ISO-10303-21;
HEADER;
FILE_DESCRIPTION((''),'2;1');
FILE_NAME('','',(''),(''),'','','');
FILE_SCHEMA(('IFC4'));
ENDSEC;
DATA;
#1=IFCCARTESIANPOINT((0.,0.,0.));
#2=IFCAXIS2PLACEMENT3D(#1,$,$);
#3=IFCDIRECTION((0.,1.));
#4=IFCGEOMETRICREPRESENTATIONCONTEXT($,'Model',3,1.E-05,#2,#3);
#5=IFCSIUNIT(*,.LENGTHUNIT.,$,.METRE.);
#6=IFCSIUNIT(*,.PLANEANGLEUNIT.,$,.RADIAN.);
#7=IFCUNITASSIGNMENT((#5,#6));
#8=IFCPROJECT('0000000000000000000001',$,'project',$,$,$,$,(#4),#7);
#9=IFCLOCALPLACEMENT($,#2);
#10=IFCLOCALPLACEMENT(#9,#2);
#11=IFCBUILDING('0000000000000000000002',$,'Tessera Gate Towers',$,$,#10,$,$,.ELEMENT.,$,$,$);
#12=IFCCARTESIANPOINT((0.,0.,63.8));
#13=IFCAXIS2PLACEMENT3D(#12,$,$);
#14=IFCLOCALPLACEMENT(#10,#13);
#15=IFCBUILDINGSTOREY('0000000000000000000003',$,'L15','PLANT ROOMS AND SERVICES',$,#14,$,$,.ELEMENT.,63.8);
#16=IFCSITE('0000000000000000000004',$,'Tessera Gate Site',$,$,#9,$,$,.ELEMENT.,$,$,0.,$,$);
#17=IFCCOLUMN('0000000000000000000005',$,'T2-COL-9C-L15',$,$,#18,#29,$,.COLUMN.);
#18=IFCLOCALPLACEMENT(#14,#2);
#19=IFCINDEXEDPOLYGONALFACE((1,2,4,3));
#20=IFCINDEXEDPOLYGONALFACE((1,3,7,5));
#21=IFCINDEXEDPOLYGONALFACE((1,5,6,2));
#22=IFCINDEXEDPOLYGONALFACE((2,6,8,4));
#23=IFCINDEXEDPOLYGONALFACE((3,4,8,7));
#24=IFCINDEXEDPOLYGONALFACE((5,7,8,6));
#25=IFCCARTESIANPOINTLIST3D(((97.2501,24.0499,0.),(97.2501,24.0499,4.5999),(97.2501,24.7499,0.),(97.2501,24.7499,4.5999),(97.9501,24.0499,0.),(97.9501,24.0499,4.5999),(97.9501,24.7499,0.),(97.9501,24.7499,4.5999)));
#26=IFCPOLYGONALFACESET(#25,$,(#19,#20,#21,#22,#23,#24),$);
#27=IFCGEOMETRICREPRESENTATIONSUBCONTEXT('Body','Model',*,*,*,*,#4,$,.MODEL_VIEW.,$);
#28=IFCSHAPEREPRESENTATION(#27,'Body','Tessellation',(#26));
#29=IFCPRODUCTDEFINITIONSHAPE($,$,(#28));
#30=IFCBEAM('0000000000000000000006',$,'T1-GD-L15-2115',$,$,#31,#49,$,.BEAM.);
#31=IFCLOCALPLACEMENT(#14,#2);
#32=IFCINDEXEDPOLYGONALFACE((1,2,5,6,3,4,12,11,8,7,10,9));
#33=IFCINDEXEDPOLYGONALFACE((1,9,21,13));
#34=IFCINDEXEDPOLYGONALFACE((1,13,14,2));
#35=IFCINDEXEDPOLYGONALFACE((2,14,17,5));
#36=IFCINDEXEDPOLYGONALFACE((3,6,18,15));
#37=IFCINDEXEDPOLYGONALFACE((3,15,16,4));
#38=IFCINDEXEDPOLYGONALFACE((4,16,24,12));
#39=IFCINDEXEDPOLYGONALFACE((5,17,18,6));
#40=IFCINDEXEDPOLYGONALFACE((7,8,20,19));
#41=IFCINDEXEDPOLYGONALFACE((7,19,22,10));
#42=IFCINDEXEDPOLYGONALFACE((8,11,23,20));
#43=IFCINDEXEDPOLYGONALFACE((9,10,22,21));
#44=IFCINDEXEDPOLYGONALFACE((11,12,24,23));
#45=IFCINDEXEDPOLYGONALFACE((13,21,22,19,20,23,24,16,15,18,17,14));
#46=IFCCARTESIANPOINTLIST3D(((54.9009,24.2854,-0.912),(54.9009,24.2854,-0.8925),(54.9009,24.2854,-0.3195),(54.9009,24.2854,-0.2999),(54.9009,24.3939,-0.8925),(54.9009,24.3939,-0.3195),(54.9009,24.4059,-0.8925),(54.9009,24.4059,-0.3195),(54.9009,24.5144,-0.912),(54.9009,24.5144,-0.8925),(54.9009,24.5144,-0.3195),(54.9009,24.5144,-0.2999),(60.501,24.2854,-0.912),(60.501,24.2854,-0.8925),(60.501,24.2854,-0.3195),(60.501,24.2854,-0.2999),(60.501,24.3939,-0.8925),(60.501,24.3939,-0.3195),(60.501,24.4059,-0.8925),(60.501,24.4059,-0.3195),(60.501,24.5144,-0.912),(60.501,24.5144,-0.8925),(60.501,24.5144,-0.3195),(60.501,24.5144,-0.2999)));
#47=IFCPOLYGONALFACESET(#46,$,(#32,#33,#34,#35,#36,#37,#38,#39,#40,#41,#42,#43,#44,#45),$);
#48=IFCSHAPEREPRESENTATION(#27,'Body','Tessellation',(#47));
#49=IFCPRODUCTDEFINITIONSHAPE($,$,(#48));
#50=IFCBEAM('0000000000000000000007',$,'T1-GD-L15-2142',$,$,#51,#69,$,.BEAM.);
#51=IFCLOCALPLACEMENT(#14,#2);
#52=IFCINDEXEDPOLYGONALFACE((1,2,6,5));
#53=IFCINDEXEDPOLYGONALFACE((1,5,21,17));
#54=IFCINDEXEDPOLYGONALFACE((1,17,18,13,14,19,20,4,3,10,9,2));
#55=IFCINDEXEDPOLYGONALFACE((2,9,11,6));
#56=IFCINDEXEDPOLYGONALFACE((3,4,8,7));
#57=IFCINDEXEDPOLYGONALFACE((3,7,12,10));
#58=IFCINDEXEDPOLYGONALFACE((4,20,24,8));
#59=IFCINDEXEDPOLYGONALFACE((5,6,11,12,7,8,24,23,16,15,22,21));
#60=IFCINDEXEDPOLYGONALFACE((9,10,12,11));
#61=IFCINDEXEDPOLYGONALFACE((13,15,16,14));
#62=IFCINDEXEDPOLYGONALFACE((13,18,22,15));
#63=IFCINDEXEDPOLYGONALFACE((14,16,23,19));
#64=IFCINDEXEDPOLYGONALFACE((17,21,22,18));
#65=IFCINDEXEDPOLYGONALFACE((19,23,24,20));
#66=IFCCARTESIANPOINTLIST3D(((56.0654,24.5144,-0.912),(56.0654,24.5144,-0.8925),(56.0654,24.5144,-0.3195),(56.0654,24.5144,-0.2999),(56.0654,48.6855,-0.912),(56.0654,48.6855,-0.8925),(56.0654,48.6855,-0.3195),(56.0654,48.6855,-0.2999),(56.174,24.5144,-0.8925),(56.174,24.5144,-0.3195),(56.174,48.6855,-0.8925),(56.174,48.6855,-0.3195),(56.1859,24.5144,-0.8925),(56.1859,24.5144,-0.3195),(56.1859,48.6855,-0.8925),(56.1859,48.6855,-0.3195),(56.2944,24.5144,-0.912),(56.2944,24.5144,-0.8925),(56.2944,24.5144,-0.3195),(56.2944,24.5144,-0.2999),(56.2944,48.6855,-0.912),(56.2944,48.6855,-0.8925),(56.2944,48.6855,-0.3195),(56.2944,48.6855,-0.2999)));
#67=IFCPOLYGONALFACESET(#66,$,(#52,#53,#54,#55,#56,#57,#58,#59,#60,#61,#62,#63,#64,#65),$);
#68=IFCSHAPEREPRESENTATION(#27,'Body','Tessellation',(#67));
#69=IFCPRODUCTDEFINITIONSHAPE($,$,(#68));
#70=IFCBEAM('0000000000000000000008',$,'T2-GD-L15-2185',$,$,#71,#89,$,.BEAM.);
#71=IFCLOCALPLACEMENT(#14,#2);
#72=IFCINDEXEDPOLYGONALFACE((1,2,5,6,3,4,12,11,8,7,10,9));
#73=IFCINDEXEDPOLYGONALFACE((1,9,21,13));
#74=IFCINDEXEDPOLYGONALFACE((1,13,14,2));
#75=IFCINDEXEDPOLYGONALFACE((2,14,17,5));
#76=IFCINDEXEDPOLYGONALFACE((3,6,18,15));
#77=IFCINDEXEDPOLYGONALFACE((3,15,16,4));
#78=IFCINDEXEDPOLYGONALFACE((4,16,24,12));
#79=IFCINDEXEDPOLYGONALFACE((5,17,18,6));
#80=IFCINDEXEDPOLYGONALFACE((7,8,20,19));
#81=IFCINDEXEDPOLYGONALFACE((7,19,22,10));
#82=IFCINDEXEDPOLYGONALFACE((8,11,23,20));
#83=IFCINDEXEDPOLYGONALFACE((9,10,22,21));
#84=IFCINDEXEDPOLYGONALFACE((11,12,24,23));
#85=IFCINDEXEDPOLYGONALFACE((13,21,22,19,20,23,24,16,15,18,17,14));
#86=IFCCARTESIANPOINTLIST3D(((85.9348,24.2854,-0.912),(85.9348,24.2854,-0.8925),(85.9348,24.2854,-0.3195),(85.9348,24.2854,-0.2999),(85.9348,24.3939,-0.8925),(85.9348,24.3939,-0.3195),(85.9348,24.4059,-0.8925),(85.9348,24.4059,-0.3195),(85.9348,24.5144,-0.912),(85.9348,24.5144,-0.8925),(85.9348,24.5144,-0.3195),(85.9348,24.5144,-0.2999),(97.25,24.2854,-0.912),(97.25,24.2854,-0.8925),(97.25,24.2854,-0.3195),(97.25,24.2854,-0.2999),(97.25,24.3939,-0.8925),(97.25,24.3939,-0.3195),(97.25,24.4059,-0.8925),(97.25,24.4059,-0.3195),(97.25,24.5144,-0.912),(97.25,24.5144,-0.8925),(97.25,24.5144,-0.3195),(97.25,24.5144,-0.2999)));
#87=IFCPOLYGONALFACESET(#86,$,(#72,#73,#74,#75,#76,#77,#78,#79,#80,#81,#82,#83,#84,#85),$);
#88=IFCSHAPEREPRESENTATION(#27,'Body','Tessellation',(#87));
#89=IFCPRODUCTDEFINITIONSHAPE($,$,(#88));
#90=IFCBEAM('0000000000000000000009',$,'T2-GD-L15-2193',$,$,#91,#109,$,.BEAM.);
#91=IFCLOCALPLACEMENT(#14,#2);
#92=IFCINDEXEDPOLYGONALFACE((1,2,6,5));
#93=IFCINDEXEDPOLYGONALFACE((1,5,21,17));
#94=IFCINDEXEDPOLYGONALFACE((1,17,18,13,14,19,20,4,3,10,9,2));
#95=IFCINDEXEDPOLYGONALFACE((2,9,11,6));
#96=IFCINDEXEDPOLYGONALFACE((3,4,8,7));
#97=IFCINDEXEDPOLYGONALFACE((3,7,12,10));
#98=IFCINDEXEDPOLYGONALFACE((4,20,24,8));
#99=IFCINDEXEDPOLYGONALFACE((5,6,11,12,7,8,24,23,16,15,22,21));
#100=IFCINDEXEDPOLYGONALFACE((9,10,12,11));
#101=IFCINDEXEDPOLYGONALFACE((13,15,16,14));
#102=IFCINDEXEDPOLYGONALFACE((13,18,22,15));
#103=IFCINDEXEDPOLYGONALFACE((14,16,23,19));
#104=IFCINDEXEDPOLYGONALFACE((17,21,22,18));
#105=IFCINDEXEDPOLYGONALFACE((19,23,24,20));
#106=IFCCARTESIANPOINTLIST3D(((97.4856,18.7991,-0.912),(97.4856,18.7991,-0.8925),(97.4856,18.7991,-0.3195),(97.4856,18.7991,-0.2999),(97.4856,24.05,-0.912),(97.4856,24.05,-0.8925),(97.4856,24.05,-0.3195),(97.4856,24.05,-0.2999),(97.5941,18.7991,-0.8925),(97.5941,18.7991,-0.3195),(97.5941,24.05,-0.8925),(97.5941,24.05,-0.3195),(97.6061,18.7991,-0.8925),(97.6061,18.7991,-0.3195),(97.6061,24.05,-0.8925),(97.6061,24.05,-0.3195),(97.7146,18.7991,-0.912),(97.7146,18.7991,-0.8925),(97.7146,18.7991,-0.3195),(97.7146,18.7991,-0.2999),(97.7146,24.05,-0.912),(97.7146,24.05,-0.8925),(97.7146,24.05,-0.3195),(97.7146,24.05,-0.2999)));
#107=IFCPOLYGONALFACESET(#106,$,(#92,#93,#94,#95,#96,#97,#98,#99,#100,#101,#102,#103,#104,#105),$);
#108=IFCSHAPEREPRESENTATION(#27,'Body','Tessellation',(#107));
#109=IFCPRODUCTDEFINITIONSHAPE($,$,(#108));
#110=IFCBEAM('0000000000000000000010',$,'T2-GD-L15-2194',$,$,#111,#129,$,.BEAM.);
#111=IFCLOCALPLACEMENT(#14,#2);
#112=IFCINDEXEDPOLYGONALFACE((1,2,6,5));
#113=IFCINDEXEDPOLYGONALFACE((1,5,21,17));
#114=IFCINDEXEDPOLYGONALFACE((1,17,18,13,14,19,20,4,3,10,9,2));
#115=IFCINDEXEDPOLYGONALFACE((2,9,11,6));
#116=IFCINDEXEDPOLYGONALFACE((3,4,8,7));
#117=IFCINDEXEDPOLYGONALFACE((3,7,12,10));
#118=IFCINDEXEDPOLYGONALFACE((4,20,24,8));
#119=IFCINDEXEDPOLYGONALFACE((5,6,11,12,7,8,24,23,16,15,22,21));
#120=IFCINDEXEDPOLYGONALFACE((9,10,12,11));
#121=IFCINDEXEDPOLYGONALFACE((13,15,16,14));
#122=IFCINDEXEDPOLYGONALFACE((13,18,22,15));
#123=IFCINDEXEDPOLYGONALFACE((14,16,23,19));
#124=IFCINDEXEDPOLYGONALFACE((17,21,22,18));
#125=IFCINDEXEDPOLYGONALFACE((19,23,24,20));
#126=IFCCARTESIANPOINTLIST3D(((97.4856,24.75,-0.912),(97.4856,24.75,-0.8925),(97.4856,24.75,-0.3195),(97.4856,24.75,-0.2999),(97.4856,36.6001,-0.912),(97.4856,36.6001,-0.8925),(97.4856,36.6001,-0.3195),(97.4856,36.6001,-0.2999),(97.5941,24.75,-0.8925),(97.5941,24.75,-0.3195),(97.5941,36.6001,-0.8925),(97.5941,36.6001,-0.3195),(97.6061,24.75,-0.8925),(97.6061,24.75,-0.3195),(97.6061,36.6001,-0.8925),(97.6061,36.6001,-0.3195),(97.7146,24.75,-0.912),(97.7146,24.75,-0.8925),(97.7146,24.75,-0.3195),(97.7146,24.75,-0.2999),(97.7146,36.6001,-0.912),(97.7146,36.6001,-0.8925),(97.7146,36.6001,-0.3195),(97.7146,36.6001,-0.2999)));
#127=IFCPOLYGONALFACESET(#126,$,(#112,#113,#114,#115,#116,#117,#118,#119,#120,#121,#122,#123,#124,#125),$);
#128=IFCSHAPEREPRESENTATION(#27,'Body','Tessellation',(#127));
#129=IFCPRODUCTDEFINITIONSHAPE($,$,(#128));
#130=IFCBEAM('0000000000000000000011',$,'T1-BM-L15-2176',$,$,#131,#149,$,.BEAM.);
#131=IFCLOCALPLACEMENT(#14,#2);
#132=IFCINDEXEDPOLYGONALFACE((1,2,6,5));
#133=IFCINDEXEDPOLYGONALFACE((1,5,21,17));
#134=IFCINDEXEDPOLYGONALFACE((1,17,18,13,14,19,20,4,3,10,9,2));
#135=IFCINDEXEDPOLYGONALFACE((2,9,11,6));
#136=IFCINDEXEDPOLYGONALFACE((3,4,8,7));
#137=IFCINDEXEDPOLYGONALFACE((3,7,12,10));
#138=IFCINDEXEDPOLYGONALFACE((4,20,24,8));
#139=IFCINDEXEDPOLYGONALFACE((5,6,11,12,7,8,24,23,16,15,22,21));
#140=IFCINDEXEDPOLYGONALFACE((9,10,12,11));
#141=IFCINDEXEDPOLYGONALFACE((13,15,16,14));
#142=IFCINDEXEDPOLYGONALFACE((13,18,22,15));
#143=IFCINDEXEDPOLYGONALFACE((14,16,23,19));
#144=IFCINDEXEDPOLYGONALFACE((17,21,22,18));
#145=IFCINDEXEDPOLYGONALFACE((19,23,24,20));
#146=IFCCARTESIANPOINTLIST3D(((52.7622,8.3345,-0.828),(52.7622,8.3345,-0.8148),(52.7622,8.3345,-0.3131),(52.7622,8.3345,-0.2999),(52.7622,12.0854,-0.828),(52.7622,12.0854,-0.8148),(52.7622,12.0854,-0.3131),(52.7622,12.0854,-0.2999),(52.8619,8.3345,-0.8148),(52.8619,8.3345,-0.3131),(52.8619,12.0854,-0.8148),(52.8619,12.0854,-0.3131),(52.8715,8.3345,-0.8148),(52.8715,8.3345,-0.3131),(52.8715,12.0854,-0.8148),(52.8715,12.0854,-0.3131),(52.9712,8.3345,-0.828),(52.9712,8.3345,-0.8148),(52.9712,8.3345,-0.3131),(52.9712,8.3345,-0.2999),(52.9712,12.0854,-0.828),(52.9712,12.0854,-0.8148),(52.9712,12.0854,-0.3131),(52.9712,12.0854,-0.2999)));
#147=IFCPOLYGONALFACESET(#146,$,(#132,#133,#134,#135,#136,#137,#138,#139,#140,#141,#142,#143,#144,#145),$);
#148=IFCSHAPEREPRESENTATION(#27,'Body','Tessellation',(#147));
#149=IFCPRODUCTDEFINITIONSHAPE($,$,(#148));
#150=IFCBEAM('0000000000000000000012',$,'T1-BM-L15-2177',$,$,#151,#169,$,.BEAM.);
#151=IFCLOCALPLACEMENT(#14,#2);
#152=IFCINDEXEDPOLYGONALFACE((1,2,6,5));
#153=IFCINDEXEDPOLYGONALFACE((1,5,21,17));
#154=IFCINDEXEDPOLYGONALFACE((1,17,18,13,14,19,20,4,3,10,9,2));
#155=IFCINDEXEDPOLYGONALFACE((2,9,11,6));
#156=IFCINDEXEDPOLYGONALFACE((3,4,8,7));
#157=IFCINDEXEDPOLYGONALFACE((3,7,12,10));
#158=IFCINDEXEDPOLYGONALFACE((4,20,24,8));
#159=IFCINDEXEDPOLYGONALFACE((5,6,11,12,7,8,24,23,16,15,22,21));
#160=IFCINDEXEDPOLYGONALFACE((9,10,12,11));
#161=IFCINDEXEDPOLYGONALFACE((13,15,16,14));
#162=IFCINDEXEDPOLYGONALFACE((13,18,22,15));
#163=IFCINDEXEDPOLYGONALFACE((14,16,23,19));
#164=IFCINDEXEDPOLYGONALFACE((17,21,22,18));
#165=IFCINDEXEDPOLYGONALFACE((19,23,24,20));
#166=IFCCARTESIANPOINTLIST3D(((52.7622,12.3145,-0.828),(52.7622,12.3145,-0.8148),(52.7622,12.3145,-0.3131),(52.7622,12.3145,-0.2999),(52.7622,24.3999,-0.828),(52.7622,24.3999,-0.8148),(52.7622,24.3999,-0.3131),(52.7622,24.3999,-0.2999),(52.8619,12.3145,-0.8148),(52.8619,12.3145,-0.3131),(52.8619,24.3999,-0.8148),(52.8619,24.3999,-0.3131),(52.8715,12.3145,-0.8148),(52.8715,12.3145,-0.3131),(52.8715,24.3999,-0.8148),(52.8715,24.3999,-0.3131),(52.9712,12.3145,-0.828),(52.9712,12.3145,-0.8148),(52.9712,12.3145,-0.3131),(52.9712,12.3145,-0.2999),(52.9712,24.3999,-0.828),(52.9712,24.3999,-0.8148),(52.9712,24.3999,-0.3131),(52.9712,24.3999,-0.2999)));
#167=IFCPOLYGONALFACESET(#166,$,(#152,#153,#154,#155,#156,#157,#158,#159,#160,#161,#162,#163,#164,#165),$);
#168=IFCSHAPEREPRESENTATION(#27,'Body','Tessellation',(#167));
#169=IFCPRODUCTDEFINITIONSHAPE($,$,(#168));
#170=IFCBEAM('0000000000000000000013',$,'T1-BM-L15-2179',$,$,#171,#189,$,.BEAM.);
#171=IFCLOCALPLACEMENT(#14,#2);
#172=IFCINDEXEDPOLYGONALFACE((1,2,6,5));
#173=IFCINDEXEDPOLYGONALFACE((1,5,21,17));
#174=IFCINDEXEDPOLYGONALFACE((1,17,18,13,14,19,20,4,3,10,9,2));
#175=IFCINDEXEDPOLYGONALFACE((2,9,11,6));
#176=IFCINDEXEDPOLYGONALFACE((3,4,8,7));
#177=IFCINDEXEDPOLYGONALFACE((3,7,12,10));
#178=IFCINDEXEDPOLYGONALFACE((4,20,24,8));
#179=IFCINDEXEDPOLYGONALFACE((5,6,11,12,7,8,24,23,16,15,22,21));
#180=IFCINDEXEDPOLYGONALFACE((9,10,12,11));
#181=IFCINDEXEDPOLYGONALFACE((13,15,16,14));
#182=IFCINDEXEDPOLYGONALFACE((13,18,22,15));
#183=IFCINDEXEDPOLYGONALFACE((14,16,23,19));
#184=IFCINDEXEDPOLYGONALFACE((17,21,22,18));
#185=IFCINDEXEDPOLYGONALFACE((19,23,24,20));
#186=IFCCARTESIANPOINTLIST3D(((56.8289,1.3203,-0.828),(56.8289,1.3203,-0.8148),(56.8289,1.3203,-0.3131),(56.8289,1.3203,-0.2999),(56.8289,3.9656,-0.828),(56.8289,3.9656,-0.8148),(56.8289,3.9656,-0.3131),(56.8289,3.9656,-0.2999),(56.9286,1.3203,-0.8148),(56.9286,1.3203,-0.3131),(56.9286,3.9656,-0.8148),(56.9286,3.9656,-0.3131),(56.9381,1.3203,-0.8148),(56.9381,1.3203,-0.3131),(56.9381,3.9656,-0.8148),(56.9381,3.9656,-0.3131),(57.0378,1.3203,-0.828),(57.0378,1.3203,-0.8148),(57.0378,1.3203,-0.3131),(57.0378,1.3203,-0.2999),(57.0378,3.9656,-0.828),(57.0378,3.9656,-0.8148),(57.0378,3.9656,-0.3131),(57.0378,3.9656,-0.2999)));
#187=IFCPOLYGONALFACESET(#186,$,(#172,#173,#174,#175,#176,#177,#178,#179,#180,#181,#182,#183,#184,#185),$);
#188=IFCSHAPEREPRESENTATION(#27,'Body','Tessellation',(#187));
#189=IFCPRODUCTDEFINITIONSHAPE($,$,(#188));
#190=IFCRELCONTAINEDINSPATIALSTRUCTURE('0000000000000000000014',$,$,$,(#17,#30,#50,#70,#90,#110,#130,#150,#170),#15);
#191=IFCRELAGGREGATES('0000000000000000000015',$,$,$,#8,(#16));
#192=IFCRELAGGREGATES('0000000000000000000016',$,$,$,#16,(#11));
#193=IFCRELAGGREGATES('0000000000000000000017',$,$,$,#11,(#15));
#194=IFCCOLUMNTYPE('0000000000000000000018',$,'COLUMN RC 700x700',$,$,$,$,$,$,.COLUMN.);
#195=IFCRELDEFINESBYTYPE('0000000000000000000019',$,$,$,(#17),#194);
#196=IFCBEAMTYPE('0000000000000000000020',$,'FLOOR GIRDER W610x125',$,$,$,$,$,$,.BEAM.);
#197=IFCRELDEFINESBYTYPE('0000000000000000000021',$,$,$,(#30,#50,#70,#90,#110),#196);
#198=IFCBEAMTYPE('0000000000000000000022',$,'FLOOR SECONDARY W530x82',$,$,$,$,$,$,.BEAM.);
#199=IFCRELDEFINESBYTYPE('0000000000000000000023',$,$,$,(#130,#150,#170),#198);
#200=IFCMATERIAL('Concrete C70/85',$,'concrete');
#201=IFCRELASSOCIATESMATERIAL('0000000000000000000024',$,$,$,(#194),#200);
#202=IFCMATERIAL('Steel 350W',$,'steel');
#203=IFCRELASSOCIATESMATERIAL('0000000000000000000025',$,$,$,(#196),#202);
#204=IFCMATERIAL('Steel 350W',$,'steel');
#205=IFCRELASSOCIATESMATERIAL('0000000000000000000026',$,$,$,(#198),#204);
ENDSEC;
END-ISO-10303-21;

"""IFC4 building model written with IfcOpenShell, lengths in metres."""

from ifc_helpers import new_model, si_unit, direction, frame, origin, origin_2d, place, context, subcontext, project, spatial, rectangle, i_section, extrude, material, material_profile, profile_set, type_object, element, save


model = new_model("IFC4")

# Units and contexts
model_context = context("Model", 3, precision=1e-05, world=origin(), true_north=direction((0.0, 1.0)))
body_context = subcontext(model_context, "Body", "Model", "MODEL_VIEW")
ifc_project = project(units=[si_unit("LENGTHUNIT", "METRE"), si_unit("PLANEANGLEUNIT", "RADIAN")], contexts=[model_context])

# Site, building, storey
site_placement = place(None, origin())
site = spatial("IfcSite", under=ifc_project, at=site_placement, Name="Tessera Gate Site", CompositionType="ELEMENT", RefElevation=0.0)
building_placement = place(site_placement, origin())
building = spatial("IfcBuilding", under=site, at=building_placement, Name="Tessera Gate Towers", CompositionType="ELEMENT")
storey_placement = place(building_placement, frame((0.0, 0.0, 63.8)))
storey = spatial("IfcBuildingStorey", under=building, at=storey_placement, Name="L15", Description="PLANT ROOMS AND SERVICES", CompositionType="ELEMENT", Elevation=63.8)

# Column
ifc_material_1 = material(Name="Concrete C70/85", Category="concrete")
ifc_material_profile_1 = material_profile(ifc_material_1, rectangle(XDim=0.7, YDim=0.7, at=origin_2d()), Name="RC 700x700")
ifc_profile_set_1 = profile_set([ifc_material_profile_1], Name="Concrete C70/85")
column_type = type_object("IfcColumnType", Name="COLUMN RC 700x700", PredefinedType="COLUMN", material=ifc_profile_set_1)
column_placement = place(storey_placement, frame((97.6001, 24.3999, 0.0), z_axis=(0.0, 0.0, 1.0), x_axis=(1.0, 0.0, 0.0)))
element("IfcColumn", 1, at=column_placement, inside=storey, type_object=column_type, Name="T2-COL-9C-L15", PredefinedType="COLUMN", context=body_context, shape_type="SweptSolid", body=[
    extrude(rectangle(XDim=0.7, YDim=0.7, at=origin_2d()), origin(), (0.0, 0.0, 1.0), 4.5999),
])

# Beams
ifc_material_2 = material(Name="Steel 350W", Category="steel")
ifc_material_profile_2 = material_profile(ifc_material_2, i_section(OverallWidth=0.229, OverallDepth=0.6121, WebThickness=0.012, FlangeThickness=0.0195, at=origin_2d()), Name="W610x125")
ifc_profile_set_2 = profile_set([ifc_material_profile_2], Name="Steel 350W")
beam_type_1 = type_object("IfcBeamType", Name="FLOOR GIRDER W610x125", PredefinedType="BEAM", material=ifc_profile_set_2)
beam_1_placement = place(storey_placement, frame((54.9009, 24.3999, -0.606), z_axis=(1.0, 0.0, 0.0), x_axis=(0.0, 1.0, 0.0)))
element("IfcBeam", 2, at=beam_1_placement, inside=storey, type_object=beam_type_1, Name="T1-GD-L15-2115", PredefinedType="BEAM", context=body_context, shape_type="SweptSolid", body=[
    extrude(i_section(OverallWidth=0.229, OverallDepth=0.6121, WebThickness=0.012, FlangeThickness=0.0195, at=origin_2d()), origin(), (0.0, 0.0, 1.0), 5.6001),
])
beam_2_placement = place(storey_placement, frame((56.1799, 24.5144, -0.606), z_axis=(0.0, 1.0, 0.0), x_axis=(-1.0, 0.0, 0.0)))
element("IfcBeam", 3, at=beam_2_placement, inside=storey, type_object=beam_type_1, Name="T1-GD-L15-2142", PredefinedType="BEAM", context=body_context, shape_type="SweptSolid", body=[
    extrude(i_section(OverallWidth=0.229, OverallDepth=0.6121, WebThickness=0.012, FlangeThickness=0.0195, at=origin_2d()), origin(), (0.0, 0.0, 1.0), 24.1711),
])
beam_3_placement = place(storey_placement, frame((85.9348, 24.3999, -0.606), z_axis=(1.0, 0.0, 0.0), x_axis=(0.0, 1.0, 0.0)))
element("IfcBeam", 4, at=beam_3_placement, inside=storey, type_object=beam_type_1, Name="T2-GD-L15-2185", PredefinedType="BEAM", context=body_context, shape_type="SweptSolid", body=[
    extrude(i_section(OverallWidth=0.229, OverallDepth=0.6121, WebThickness=0.012, FlangeThickness=0.0195, at=origin_2d()), origin(), (0.0, 0.0, 1.0), 11.3152),
])
beam_4_placement = place(storey_placement, frame((97.6001, 18.7991, -0.606), z_axis=(0.0, 1.0, 0.0), x_axis=(-1.0, 0.0, 0.0)))
element("IfcBeam", 5, at=beam_4_placement, inside=storey, type_object=beam_type_1, Name="T2-GD-L15-2193", PredefinedType="BEAM", context=body_context, shape_type="SweptSolid", body=[
    extrude(i_section(OverallWidth=0.229, OverallDepth=0.6121, WebThickness=0.012, FlangeThickness=0.0195, at=origin_2d()), origin(), (0.0, 0.0, 1.0), 5.251),
])
beam_5_placement = place(storey_placement, frame((97.6001, 24.75, -0.606), z_axis=(0.0, 1.0, 0.0), x_axis=(-1.0, 0.0, 0.0)))
element("IfcBeam", 6, at=beam_5_placement, inside=storey, type_object=beam_type_1, Name="T2-GD-L15-2194", PredefinedType="BEAM", context=body_context, shape_type="SweptSolid", body=[
    extrude(i_section(OverallWidth=0.229, OverallDepth=0.6121, WebThickness=0.012, FlangeThickness=0.0195, at=origin_2d()), origin(), (0.0, 0.0, 1.0), 11.8501),
])
ifc_material_3 = material(Name="Steel 350W", Category="steel")
ifc_material_profile_3 = material_profile(ifc_material_3, i_section(OverallWidth=0.209, OverallDepth=0.5281, WebThickness=0.0095, FlangeThickness=0.0132, at=origin_2d()), Name="W530x82")
ifc_profile_set_3 = profile_set([ifc_material_profile_3], Name="Steel 350W")
beam_type_2 = type_object("IfcBeamType", Name="FLOOR SECONDARY W530x82", PredefinedType="BEAM", material=ifc_profile_set_3)
beam_6_placement = place(storey_placement, frame((52.8667, 8.3345, -0.564), z_axis=(0.0, 1.0, 0.0), x_axis=(-1.0, 0.0, 0.0)))
element("IfcBeam", 7, at=beam_6_placement, inside=storey, type_object=beam_type_2, Name="T1-BM-L15-2176", PredefinedType="BEAM", context=body_context, shape_type="SweptSolid", body=[
    extrude(i_section(OverallWidth=0.209, OverallDepth=0.5281, WebThickness=0.0095, FlangeThickness=0.0132, at=origin_2d()), origin(), (0.0, 0.0, 1.0), 3.751),
])
beam_7_placement = place(storey_placement, frame((52.8667, 12.3145, -0.564), z_axis=(0.0, 1.0, 0.0), x_axis=(-1.0, 0.0, 0.0)))
element("IfcBeam", 8, at=beam_7_placement, inside=storey, type_object=beam_type_2, Name="T1-BM-L15-2177", PredefinedType="BEAM", context=body_context, shape_type="SweptSolid", body=[
    extrude(i_section(OverallWidth=0.209, OverallDepth=0.5281, WebThickness=0.0095, FlangeThickness=0.0132, at=origin_2d()), origin(), (0.0, 0.0, 1.0), 12.0854),
])
beam_8_placement = place(storey_placement, frame((56.9333, 1.3203, -0.564), z_axis=(0.0, 1.0, 0.0), x_axis=(-1.0, 0.0, 0.0)))
element("IfcBeam", 9, at=beam_8_placement, inside=storey, type_object=beam_type_2, Name="T1-BM-L15-2179", PredefinedType="BEAM", context=body_context, shape_type="SweptSolid", body=[
    extrude(i_section(OverallWidth=0.209, OverallDepth=0.5281, WebThickness=0.0095, FlangeThickness=0.0132, at=origin_2d()), origin(), (0.0, 0.0, 1.0), 2.6453),
])

save(model, "model.ifc")
